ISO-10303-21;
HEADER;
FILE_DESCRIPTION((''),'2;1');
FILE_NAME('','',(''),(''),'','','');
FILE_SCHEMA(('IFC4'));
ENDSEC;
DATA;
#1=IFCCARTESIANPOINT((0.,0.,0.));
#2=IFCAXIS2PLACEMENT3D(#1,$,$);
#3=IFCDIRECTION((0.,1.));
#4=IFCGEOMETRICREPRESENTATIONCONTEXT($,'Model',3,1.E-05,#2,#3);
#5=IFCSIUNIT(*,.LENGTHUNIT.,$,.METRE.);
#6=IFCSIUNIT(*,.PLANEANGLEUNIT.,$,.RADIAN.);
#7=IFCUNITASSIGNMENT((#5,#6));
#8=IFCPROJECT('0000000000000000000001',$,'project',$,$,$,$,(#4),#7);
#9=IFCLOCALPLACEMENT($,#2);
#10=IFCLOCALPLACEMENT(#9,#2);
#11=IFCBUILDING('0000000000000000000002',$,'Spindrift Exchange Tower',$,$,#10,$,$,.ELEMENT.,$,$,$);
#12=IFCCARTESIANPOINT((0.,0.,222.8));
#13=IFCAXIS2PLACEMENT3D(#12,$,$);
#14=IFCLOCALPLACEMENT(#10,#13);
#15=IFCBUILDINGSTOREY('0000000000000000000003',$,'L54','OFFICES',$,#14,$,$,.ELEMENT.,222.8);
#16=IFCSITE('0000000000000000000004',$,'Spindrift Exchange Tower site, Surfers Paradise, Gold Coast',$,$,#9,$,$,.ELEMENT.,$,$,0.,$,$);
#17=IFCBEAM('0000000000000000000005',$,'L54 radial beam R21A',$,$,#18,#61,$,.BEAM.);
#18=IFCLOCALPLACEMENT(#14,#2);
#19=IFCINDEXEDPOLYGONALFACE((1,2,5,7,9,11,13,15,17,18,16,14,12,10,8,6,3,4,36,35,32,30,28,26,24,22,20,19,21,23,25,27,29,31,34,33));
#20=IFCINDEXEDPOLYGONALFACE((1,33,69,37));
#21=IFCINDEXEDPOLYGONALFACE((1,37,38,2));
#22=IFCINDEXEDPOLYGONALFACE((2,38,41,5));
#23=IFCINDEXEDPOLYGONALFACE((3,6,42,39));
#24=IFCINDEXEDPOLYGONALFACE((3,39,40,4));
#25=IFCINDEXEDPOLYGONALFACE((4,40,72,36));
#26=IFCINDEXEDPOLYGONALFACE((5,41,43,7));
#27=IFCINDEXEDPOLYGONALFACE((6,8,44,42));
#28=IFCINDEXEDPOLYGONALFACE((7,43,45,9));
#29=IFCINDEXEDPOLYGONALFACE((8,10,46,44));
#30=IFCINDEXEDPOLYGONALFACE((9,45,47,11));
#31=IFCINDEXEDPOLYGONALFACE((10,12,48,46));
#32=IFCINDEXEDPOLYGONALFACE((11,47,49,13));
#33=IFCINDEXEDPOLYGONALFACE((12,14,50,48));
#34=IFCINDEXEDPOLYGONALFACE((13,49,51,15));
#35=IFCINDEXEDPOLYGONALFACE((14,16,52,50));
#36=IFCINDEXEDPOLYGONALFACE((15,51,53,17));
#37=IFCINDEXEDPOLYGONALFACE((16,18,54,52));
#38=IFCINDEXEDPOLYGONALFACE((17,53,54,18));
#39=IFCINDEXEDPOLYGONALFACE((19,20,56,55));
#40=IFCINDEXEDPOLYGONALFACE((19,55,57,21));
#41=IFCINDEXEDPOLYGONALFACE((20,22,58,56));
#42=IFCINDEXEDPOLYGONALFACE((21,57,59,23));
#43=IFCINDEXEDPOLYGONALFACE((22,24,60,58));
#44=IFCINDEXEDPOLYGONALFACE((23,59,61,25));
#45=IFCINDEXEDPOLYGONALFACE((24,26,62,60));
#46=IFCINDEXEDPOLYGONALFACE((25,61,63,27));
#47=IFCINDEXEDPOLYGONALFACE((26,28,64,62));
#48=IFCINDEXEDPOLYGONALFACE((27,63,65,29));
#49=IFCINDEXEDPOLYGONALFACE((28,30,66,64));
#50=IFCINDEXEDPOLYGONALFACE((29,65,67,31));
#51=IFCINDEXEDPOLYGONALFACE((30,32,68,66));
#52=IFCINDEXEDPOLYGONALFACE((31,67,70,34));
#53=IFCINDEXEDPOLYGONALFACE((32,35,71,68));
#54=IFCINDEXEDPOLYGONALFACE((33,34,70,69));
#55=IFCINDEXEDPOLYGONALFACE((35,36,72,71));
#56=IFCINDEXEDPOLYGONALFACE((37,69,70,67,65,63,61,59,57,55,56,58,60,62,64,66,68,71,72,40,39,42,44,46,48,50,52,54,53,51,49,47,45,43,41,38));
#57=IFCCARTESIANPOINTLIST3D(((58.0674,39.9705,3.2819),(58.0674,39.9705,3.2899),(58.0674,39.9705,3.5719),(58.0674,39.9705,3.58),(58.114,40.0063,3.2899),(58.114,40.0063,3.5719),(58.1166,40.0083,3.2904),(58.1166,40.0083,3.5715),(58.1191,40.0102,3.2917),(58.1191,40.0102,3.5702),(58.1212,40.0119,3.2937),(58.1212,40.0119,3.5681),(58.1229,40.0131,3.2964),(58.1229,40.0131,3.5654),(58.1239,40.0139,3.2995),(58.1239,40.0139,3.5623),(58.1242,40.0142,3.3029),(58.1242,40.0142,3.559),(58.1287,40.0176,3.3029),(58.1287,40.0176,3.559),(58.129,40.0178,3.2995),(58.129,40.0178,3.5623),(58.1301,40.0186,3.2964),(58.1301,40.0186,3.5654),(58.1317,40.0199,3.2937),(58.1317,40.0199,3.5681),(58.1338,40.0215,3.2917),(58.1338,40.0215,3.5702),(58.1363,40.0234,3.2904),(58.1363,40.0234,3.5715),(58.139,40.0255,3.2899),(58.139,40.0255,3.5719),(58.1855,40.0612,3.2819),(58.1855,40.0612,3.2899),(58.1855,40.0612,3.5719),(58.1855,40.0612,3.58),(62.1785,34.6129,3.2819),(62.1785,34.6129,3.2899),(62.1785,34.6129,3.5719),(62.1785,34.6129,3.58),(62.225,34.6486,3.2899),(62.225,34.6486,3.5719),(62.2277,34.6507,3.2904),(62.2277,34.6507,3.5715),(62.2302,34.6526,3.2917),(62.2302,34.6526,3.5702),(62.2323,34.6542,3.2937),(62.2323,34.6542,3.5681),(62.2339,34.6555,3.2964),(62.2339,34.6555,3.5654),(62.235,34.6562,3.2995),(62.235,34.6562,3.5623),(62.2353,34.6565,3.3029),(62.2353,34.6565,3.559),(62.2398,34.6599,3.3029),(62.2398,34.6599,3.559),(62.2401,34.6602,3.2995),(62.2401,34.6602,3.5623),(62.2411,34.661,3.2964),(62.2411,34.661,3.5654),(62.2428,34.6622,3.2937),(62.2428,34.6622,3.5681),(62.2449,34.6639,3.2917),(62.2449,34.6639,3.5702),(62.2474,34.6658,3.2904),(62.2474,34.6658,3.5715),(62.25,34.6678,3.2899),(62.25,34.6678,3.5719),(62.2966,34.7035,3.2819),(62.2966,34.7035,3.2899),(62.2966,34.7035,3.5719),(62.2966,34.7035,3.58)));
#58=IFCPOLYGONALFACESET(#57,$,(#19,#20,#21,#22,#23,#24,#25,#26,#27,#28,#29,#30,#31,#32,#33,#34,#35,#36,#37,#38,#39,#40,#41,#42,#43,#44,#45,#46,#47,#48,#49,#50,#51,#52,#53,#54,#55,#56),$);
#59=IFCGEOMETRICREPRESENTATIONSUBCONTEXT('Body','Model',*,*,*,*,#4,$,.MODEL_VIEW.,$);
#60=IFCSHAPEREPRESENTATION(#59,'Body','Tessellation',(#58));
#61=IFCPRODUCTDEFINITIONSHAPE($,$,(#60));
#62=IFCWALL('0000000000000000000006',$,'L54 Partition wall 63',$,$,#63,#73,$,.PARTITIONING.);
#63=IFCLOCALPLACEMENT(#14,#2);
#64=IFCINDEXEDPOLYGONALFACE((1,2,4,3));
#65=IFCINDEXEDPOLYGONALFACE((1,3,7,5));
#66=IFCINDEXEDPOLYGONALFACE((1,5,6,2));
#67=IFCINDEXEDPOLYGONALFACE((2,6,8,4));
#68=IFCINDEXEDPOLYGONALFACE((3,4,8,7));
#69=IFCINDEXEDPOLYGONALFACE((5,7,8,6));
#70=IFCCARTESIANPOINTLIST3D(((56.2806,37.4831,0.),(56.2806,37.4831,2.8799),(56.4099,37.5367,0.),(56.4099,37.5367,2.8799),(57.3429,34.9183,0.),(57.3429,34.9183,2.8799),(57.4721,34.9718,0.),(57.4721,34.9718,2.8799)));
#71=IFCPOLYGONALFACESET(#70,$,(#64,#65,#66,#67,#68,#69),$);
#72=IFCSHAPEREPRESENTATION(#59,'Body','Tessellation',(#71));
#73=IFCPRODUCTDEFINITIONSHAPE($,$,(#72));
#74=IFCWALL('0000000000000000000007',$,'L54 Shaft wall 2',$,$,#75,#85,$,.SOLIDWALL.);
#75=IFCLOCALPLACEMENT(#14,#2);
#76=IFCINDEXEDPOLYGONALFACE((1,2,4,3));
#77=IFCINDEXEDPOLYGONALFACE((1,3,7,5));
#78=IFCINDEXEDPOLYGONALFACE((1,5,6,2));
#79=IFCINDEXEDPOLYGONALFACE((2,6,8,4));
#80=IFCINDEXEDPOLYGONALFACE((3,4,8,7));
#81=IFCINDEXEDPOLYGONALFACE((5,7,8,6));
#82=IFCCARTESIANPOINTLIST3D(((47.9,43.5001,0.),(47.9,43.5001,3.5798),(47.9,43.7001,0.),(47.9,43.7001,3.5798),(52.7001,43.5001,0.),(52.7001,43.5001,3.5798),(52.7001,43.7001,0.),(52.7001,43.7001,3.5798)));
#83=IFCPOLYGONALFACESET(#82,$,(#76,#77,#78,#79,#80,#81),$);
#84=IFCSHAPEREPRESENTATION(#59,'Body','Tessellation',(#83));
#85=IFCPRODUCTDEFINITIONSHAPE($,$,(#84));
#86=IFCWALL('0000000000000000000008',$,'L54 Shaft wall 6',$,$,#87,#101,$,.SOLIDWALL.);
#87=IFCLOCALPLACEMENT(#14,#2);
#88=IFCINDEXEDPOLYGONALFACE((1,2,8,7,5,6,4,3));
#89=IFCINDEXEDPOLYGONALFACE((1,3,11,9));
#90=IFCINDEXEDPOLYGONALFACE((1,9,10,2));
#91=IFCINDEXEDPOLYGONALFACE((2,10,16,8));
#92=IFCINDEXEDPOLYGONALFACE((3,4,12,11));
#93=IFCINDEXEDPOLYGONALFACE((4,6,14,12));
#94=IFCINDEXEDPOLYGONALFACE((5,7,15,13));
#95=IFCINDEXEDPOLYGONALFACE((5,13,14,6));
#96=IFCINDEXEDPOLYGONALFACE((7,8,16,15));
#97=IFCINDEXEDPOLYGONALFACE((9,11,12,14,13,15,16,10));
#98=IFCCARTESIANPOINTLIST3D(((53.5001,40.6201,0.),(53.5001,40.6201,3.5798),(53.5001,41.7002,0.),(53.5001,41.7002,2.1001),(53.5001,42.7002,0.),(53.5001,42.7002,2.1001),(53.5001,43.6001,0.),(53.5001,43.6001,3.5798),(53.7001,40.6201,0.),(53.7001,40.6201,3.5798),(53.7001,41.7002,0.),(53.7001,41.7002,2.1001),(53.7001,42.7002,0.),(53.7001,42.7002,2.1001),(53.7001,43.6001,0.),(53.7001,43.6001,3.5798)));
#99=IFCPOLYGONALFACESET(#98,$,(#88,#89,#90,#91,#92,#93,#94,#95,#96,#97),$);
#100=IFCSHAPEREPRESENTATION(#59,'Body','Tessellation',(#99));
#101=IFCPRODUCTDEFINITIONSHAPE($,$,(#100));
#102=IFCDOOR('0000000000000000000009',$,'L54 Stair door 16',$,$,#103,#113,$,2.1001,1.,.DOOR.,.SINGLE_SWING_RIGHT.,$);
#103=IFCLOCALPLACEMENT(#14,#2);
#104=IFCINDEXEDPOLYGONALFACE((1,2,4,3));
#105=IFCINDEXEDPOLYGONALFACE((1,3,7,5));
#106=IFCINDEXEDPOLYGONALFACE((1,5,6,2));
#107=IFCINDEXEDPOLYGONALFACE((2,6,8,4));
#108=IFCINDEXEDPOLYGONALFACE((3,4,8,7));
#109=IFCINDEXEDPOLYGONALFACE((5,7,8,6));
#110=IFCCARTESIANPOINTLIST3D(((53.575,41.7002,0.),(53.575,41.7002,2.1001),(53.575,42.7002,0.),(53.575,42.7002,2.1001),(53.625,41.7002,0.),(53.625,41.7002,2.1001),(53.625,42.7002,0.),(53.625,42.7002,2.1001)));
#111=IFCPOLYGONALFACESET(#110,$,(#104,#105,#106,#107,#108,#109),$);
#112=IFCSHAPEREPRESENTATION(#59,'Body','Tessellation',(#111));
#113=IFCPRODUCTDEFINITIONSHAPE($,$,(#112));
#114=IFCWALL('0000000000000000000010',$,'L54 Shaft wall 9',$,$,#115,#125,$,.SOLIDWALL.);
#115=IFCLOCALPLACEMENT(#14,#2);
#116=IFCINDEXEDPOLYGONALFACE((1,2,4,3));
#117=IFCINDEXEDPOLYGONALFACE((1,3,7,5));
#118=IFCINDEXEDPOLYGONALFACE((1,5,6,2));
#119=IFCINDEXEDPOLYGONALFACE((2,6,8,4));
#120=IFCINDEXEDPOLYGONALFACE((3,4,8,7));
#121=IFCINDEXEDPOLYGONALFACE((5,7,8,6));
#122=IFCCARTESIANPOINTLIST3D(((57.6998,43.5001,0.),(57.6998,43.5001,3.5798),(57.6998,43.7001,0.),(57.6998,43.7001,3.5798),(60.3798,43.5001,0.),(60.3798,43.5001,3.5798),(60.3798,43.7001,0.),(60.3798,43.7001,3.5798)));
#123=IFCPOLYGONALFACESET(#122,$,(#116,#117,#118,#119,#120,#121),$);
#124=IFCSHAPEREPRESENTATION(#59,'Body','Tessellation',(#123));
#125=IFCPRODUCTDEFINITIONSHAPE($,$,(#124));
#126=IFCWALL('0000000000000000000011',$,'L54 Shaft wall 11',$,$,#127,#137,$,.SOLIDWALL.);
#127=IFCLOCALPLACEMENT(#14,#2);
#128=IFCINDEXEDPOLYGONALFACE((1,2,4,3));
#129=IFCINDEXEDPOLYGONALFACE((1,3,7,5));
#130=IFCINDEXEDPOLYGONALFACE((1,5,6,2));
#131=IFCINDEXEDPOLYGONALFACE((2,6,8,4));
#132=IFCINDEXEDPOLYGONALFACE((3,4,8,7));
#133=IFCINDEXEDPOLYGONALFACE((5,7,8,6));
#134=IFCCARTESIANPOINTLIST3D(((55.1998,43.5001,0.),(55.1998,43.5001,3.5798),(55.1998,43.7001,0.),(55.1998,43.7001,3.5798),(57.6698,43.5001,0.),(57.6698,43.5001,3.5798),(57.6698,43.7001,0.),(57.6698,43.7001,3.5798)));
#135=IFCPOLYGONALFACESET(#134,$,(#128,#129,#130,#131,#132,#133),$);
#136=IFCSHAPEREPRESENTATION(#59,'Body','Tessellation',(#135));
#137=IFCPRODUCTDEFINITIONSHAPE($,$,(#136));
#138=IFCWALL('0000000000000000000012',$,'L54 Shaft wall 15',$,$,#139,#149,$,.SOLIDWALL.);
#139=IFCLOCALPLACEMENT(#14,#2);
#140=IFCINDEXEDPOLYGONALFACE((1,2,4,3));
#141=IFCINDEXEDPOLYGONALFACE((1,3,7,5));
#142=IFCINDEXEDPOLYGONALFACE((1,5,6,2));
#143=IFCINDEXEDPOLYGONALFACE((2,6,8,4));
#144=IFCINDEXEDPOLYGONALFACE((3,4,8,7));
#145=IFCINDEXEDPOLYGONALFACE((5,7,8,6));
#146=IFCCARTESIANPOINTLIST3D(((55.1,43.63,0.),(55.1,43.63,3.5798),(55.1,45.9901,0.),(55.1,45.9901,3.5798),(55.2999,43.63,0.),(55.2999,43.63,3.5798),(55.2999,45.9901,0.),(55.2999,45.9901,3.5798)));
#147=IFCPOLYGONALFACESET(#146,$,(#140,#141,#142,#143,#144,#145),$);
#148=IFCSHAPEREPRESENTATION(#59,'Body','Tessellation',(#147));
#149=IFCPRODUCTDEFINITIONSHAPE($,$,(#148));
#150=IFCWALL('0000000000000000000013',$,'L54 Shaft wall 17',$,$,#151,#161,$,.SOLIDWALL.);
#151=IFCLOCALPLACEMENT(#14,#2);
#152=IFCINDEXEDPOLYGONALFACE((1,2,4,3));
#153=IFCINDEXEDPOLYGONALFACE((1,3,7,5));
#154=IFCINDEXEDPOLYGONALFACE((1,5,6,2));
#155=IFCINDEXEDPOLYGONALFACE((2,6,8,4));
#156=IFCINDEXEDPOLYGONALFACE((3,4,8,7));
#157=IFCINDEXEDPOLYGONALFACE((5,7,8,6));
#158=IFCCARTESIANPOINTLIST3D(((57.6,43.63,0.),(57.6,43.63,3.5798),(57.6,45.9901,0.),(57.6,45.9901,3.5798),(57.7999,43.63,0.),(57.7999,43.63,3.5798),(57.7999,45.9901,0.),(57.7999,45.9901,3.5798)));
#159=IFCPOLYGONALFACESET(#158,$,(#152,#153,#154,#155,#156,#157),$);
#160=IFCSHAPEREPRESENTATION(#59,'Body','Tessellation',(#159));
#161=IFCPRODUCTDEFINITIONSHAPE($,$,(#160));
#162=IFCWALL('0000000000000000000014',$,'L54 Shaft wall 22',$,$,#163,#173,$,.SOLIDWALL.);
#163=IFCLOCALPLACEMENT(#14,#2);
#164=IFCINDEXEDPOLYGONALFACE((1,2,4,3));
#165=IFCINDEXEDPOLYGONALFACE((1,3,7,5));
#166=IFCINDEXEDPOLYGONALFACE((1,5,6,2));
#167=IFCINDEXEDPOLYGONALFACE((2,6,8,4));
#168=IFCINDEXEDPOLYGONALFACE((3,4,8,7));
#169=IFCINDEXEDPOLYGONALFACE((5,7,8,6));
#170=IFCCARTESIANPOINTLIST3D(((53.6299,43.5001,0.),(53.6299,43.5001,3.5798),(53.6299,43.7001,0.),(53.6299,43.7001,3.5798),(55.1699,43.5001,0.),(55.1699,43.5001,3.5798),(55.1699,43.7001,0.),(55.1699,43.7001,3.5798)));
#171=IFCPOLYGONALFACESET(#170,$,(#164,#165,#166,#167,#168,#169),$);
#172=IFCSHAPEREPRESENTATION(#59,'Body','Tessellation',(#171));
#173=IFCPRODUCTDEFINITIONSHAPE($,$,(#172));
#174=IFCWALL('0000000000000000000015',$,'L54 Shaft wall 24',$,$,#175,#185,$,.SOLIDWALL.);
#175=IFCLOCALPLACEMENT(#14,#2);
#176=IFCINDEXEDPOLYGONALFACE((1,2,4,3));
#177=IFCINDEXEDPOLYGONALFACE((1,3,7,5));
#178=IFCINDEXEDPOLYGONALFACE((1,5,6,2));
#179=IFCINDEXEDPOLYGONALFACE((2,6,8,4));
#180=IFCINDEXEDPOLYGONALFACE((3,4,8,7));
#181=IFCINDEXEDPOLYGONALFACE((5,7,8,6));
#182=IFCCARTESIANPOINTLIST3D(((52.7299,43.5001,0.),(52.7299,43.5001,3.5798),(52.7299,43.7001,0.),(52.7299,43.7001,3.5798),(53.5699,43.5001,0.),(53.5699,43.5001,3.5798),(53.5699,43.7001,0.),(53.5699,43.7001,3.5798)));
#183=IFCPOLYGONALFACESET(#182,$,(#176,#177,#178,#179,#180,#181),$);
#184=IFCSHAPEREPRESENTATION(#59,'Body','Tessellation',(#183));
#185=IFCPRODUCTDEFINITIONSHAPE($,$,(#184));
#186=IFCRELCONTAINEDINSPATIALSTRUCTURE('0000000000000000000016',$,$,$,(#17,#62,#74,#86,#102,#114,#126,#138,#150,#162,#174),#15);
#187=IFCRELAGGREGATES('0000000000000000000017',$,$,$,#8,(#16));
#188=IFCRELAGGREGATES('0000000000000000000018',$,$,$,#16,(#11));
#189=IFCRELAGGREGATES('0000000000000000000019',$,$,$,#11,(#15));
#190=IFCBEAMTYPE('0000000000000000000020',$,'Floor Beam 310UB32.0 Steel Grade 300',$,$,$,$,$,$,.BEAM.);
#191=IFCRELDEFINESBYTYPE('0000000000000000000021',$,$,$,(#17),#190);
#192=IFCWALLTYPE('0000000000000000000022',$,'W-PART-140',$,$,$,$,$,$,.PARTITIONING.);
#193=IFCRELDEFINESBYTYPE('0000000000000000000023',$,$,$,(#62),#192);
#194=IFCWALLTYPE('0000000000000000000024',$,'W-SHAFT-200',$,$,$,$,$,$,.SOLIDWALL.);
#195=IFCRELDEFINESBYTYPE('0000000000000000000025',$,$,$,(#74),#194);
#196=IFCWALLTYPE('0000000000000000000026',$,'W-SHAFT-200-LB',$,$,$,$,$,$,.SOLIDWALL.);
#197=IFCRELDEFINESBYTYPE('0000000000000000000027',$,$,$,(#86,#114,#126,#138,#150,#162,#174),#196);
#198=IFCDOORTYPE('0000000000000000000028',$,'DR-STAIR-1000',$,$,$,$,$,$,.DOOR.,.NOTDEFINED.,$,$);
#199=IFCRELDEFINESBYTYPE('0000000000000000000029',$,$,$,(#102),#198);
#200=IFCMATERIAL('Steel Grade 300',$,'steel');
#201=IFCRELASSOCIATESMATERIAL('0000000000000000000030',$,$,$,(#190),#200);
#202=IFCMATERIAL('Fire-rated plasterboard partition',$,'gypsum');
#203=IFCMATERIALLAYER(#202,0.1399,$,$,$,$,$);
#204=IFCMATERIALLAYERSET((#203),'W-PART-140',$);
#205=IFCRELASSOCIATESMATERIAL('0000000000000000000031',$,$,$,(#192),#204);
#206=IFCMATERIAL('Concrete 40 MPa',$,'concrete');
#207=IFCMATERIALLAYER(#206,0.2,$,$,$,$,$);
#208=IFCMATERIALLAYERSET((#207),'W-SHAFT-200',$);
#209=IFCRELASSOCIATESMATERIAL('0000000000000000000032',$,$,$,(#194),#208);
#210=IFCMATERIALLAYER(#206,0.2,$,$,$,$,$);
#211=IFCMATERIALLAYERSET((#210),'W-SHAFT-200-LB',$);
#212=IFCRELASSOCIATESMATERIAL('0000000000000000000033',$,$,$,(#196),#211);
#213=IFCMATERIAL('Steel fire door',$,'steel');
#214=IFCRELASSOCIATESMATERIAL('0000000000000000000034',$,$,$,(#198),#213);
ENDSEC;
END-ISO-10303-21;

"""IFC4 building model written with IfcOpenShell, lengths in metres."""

from ifc_helpers import new_model, si_unit, direction, frame, frame_2d, origin, origin_2d, place, context, subcontext, project, spatial, rectangle, i_section, extrude, source, transform, mapped, material, layer, layer_set, material_profile, profile_set, type_object, element, fill, save


model = new_model("IFC4")

# Units and contexts
model_context = context("Model", 3, precision=1e-05, world=origin(), true_north=direction((0.0, 1.0)))
body_context = subcontext(model_context, "Body", "Model", "MODEL_VIEW")
ifc_project = project(units=[si_unit("LENGTHUNIT", "METRE"), si_unit("PLANEANGLEUNIT", "RADIAN")], contexts=[model_context])

# Site, building, storey
site_placement = place(None, origin())
site = spatial("IfcSite", under=ifc_project, at=site_placement, Name="Spindrift Exchange Tower site, Surfers Paradise, Gold Coast", CompositionType="ELEMENT", RefElevation=0.0)
building_placement = place(site_placement, origin())
building = spatial("IfcBuilding", under=site, at=building_placement, Name="Spindrift Exchange Tower", CompositionType="ELEMENT")
storey_placement = place(building_placement, frame((0.0, 0.0, 222.8)))
storey = spatial("IfcBuildingStorey", under=building, at=storey_placement, Name="L54", Description="OFFICES", CompositionType="ELEMENT", Elevation=222.8)

# Beam
ifc_material_1 = material(Name="Steel Grade 300", Category="steel")
ifc_material_profile_1 = material_profile(ifc_material_1, i_section(OverallWidth=0.1489, OverallDepth=0.2981, WebThickness=0.0056, FlangeThickness=0.0081, FilletRadius=0.0129, at=origin_2d()), Name="310UB32.0")
ifc_profile_set_1 = profile_set([ifc_material_profile_1], Name="Steel Grade 300")
beam_type_1 = type_object("IfcBeamType", Name="Floor Beam 310UB32.0 Steel Grade 300", PredefinedType="BEAM", material=ifc_profile_set_1)
shared_shape_1 = source(origin(), body_context, "Body", "SweptSolid", [
    extrude(i_section(OverallWidth=0.1489, OverallDepth=0.2981, WebThickness=0.0056, FlangeThickness=0.0081, FilletRadius=0.0129, at=origin_2d()), origin(), (0.0, 0.0, 1.0), 6.7532),
])
beam_1_placement = place(storey_placement, frame((58.1265, 40.0159, 3.4309), z_axis=(0.608762, -0.793353, 0.0), x_axis=(0.793353, 0.608762, 0.0)))
element("IfcBeam", 1, at=beam_1_placement, inside=storey, type_object=beam_type_1, Name="L54 radial beam R21A", PredefinedType="BEAM", context=body_context, shape_type="MappedRepresentation", body=[
    mapped(shared_shape_1, transform((0.0, 0.0, 0.0), scale=1.0)),
])

# Walls
ifc_material_2 = material(Name="Fire-rated plasterboard partition", Category="gypsum")
ifc_layer_1 = layer(ifc_material_2, 0.1399)
ifc_layer_set_1 = layer_set([ifc_layer_1], Name="W-PART-140")
wall_type_1 = type_object("IfcWallType", Name="W-PART-140", PredefinedType="PARTITIONING", material=ifc_layer_set_1)
wall_1_placement = place(storey_placement, frame((56.3452, 37.51, 0.0), z_axis=(0.0, 0.0, 1.0), x_axis=(0.382629, -0.923902, 0.0)))
element("IfcWall", 2, at=wall_1_placement, inside=storey, type_object=wall_type_1, Name="L54 Partition wall 63", PredefinedType="PARTITIONING", context=body_context, shape_type="SweptSolid", body=[
    extrude(rectangle(XDim=2.7761, YDim=0.1399, at=frame_2d((1.3882, 0.0))), origin(), (0.0, 0.0, 1.0), 2.8799),
])
ifc_material_3 = material(Name="Concrete 40 MPa", Category="concrete")
ifc_layer_2 = layer(ifc_material_3, 0.2)
ifc_layer_set_2 = layer_set([ifc_layer_2], Name="W-SHAFT-200")
wall_type_2 = type_object("IfcWallType", Name="W-SHAFT-200", PredefinedType="SOLIDWALL", material=ifc_layer_set_2)
wall_2_placement = place(storey_placement, frame((52.7, 43.6001, 0.0), z_axis=(0.0, 0.0, 1.0), x_axis=(-1.0, 0.0, 0.0)))
element("IfcWall", 3, at=wall_2_placement, inside=storey, type_object=wall_type_2, Name="L54 Shaft wall 2", PredefinedType="SOLIDWALL", context=body_context, shape_type="SweptSolid", body=[
    extrude(rectangle(XDim=4.8, YDim=0.2, at=frame_2d((2.3999, 0.0))), origin(), (0.0, 0.0, 1.0), 3.5798),
])

# Wall, opening, door
ifc_layer_3 = layer(ifc_material_3, 0.2)
ifc_layer_set_3 = layer_set([ifc_layer_3], Name="W-SHAFT-200-LB")
wall_type_3 = type_object("IfcWallType", Name="W-SHAFT-200-LB", PredefinedType="SOLIDWALL", material=ifc_layer_set_3)
wall_3_placement = place(storey_placement, frame((53.6001, 43.6001, 0.0), z_axis=(0.0, 0.0, 1.0), x_axis=(0.0, -1.0, 0.0)))
wall_3 = element("IfcWall", 4, at=wall_3_placement, inside=storey, type_object=wall_type_3, Name="L54 Shaft wall 6", PredefinedType="SOLIDWALL", context=body_context, shape_type="SweptSolid", body=[
    extrude(rectangle(XDim=2.98, YDim=0.2, at=frame_2d((1.49, 0.0))), origin(), (0.0, 0.0, 1.0), 3.5798),
])
opening_placement = place(wall_3_placement, frame((0.8999, 0.0, 0.0)))
opening = element("IfcOpeningElement", 5, at=opening_placement, cuts=wall_3, PredefinedType="OPENING", context=body_context, shape_type="SweptSolid", body=[
    extrude(rectangle(XDim=1.0, YDim=2.1001, at=frame_2d((0.5, 1.05))), frame((0.0, 0.1099, 0.0), z_axis=(0.0, -1.0, 0.0), x_axis=(1.0, 0.0, 0.0)), (0.0, 0.0, 1.0), 0.22),
])
ifc_material_4 = material(Name="Steel fire door", Category="steel")
door_type = type_object("IfcDoorType", Name="DR-STAIR-1000", OperationType="NOTDEFINED", PredefinedType="DOOR", material=ifc_material_4)
shared_shape_2 = source(origin(), body_context, "Body", "SweptSolid", [
    extrude(rectangle(XDim=1.0, YDim=2.1001, at=frame_2d((0.5, 1.05))), frame((0.0, 0.0249, 0.0), z_axis=(0.0, -1.0, 0.0), x_axis=(1.0, 0.0, 0.0)), (0.0, 0.0, 1.0), 0.05),
])
door_placement = place(opening_placement, origin())
door = element("IfcDoor", 6, at=door_placement, inside=storey, type_object=door_type, Name="L54 Stair door 16", OperationType="SINGLE_SWING_RIGHT", OverallHeight=2.1001, OverallWidth=1.0, PredefinedType="DOOR", context=body_context, shape_type="MappedRepresentation", body=[
    mapped(shared_shape_2, transform((0.0, 0.0, 0.0), scale=1.0)),
])
fill(opening, door)

# Walls
wall_4_placement = place(storey_placement, frame((57.7, 43.6001, 0.0), z_axis=(0.0, 0.0, 1.0), x_axis=(1.0, 0.0, 0.0)))
element("IfcWall", 7, at=wall_4_placement, inside=storey, type_object=wall_type_3, Name="L54 Shaft wall 9", PredefinedType="SOLIDWALL", context=body_context, shape_type="SweptSolid", body=[
    extrude(rectangle(XDim=2.6799, YDim=0.2, at=frame_2d((1.3398, 0.0))), origin(), (0.0, 0.0, 1.0), 3.5798),
])
wall_5_placement = place(storey_placement, frame((55.2, 43.6001, 0.0), z_axis=(0.0, 0.0, 1.0), x_axis=(1.0, 0.0, 0.0)))
element("IfcWall", 8, at=wall_5_placement, inside=storey, type_object=wall_type_3, Name="L54 Shaft wall 11", PredefinedType="SOLIDWALL", context=body_context, shape_type="SweptSolid", body=[
    extrude(rectangle(XDim=2.47, YDim=0.2, at=frame_2d((1.2349, 0.0))), origin(), (0.0, 0.0, 1.0), 3.5798),
])
for number, where, z_axis, x_axis, name in (
    (9, (55.2, 43.6299, 0.0), (0.0, 0.0, 1.0), (0.0, 1.0, 0.0), "L54 Shaft wall 15"),
    (10, (57.7, 43.6299, 0.0), (0.0, 0.0, 1.0), (0.0, 1.0, 0.0), "L54 Shaft wall 17"),
):
    element("IfcWall", number, at=place(storey_placement, frame(where, z_axis=z_axis, x_axis=x_axis)), inside=storey, type_object=wall_type_3, Name=name, PredefinedType="SOLIDWALL", context=body_context, shape_type="SweptSolid", body=[
        extrude(rectangle(XDim=2.3601, YDim=0.2, at=frame_2d((1.1802, 0.0))), origin(), (0.0, 0.0, 1.0), 3.5798),
    ])
wall_6_placement = place(storey_placement, frame((53.6299, 43.6001, 0.0), z_axis=(0.0, 0.0, 1.0), x_axis=(1.0, 0.0, 0.0)))
element("IfcWall", 11, at=wall_6_placement, inside=storey, type_object=wall_type_3, Name="L54 Shaft wall 22", PredefinedType="SOLIDWALL", context=body_context, shape_type="SweptSolid", body=[
    extrude(rectangle(XDim=1.54, YDim=0.2, at=frame_2d((0.77, 0.0))), origin(), (0.0, 0.0, 1.0), 3.5798),
])
wall_7_placement = place(storey_placement, frame((52.73, 43.6001, 0.0), z_axis=(0.0, 0.0, 1.0), x_axis=(1.0, 0.0, 0.0)))
element("IfcWall", 12, at=wall_7_placement, inside=storey, type_object=wall_type_3, Name="L54 Shaft wall 24", PredefinedType="SOLIDWALL", context=body_context, shape_type="SweptSolid", body=[
    extrude(rectangle(XDim=0.8401, YDim=0.2, at=frame_2d((0.4199, 0.0))), origin(), (0.0, 0.0, 1.0), 3.5798),
])

save(model, "model.ifc")
